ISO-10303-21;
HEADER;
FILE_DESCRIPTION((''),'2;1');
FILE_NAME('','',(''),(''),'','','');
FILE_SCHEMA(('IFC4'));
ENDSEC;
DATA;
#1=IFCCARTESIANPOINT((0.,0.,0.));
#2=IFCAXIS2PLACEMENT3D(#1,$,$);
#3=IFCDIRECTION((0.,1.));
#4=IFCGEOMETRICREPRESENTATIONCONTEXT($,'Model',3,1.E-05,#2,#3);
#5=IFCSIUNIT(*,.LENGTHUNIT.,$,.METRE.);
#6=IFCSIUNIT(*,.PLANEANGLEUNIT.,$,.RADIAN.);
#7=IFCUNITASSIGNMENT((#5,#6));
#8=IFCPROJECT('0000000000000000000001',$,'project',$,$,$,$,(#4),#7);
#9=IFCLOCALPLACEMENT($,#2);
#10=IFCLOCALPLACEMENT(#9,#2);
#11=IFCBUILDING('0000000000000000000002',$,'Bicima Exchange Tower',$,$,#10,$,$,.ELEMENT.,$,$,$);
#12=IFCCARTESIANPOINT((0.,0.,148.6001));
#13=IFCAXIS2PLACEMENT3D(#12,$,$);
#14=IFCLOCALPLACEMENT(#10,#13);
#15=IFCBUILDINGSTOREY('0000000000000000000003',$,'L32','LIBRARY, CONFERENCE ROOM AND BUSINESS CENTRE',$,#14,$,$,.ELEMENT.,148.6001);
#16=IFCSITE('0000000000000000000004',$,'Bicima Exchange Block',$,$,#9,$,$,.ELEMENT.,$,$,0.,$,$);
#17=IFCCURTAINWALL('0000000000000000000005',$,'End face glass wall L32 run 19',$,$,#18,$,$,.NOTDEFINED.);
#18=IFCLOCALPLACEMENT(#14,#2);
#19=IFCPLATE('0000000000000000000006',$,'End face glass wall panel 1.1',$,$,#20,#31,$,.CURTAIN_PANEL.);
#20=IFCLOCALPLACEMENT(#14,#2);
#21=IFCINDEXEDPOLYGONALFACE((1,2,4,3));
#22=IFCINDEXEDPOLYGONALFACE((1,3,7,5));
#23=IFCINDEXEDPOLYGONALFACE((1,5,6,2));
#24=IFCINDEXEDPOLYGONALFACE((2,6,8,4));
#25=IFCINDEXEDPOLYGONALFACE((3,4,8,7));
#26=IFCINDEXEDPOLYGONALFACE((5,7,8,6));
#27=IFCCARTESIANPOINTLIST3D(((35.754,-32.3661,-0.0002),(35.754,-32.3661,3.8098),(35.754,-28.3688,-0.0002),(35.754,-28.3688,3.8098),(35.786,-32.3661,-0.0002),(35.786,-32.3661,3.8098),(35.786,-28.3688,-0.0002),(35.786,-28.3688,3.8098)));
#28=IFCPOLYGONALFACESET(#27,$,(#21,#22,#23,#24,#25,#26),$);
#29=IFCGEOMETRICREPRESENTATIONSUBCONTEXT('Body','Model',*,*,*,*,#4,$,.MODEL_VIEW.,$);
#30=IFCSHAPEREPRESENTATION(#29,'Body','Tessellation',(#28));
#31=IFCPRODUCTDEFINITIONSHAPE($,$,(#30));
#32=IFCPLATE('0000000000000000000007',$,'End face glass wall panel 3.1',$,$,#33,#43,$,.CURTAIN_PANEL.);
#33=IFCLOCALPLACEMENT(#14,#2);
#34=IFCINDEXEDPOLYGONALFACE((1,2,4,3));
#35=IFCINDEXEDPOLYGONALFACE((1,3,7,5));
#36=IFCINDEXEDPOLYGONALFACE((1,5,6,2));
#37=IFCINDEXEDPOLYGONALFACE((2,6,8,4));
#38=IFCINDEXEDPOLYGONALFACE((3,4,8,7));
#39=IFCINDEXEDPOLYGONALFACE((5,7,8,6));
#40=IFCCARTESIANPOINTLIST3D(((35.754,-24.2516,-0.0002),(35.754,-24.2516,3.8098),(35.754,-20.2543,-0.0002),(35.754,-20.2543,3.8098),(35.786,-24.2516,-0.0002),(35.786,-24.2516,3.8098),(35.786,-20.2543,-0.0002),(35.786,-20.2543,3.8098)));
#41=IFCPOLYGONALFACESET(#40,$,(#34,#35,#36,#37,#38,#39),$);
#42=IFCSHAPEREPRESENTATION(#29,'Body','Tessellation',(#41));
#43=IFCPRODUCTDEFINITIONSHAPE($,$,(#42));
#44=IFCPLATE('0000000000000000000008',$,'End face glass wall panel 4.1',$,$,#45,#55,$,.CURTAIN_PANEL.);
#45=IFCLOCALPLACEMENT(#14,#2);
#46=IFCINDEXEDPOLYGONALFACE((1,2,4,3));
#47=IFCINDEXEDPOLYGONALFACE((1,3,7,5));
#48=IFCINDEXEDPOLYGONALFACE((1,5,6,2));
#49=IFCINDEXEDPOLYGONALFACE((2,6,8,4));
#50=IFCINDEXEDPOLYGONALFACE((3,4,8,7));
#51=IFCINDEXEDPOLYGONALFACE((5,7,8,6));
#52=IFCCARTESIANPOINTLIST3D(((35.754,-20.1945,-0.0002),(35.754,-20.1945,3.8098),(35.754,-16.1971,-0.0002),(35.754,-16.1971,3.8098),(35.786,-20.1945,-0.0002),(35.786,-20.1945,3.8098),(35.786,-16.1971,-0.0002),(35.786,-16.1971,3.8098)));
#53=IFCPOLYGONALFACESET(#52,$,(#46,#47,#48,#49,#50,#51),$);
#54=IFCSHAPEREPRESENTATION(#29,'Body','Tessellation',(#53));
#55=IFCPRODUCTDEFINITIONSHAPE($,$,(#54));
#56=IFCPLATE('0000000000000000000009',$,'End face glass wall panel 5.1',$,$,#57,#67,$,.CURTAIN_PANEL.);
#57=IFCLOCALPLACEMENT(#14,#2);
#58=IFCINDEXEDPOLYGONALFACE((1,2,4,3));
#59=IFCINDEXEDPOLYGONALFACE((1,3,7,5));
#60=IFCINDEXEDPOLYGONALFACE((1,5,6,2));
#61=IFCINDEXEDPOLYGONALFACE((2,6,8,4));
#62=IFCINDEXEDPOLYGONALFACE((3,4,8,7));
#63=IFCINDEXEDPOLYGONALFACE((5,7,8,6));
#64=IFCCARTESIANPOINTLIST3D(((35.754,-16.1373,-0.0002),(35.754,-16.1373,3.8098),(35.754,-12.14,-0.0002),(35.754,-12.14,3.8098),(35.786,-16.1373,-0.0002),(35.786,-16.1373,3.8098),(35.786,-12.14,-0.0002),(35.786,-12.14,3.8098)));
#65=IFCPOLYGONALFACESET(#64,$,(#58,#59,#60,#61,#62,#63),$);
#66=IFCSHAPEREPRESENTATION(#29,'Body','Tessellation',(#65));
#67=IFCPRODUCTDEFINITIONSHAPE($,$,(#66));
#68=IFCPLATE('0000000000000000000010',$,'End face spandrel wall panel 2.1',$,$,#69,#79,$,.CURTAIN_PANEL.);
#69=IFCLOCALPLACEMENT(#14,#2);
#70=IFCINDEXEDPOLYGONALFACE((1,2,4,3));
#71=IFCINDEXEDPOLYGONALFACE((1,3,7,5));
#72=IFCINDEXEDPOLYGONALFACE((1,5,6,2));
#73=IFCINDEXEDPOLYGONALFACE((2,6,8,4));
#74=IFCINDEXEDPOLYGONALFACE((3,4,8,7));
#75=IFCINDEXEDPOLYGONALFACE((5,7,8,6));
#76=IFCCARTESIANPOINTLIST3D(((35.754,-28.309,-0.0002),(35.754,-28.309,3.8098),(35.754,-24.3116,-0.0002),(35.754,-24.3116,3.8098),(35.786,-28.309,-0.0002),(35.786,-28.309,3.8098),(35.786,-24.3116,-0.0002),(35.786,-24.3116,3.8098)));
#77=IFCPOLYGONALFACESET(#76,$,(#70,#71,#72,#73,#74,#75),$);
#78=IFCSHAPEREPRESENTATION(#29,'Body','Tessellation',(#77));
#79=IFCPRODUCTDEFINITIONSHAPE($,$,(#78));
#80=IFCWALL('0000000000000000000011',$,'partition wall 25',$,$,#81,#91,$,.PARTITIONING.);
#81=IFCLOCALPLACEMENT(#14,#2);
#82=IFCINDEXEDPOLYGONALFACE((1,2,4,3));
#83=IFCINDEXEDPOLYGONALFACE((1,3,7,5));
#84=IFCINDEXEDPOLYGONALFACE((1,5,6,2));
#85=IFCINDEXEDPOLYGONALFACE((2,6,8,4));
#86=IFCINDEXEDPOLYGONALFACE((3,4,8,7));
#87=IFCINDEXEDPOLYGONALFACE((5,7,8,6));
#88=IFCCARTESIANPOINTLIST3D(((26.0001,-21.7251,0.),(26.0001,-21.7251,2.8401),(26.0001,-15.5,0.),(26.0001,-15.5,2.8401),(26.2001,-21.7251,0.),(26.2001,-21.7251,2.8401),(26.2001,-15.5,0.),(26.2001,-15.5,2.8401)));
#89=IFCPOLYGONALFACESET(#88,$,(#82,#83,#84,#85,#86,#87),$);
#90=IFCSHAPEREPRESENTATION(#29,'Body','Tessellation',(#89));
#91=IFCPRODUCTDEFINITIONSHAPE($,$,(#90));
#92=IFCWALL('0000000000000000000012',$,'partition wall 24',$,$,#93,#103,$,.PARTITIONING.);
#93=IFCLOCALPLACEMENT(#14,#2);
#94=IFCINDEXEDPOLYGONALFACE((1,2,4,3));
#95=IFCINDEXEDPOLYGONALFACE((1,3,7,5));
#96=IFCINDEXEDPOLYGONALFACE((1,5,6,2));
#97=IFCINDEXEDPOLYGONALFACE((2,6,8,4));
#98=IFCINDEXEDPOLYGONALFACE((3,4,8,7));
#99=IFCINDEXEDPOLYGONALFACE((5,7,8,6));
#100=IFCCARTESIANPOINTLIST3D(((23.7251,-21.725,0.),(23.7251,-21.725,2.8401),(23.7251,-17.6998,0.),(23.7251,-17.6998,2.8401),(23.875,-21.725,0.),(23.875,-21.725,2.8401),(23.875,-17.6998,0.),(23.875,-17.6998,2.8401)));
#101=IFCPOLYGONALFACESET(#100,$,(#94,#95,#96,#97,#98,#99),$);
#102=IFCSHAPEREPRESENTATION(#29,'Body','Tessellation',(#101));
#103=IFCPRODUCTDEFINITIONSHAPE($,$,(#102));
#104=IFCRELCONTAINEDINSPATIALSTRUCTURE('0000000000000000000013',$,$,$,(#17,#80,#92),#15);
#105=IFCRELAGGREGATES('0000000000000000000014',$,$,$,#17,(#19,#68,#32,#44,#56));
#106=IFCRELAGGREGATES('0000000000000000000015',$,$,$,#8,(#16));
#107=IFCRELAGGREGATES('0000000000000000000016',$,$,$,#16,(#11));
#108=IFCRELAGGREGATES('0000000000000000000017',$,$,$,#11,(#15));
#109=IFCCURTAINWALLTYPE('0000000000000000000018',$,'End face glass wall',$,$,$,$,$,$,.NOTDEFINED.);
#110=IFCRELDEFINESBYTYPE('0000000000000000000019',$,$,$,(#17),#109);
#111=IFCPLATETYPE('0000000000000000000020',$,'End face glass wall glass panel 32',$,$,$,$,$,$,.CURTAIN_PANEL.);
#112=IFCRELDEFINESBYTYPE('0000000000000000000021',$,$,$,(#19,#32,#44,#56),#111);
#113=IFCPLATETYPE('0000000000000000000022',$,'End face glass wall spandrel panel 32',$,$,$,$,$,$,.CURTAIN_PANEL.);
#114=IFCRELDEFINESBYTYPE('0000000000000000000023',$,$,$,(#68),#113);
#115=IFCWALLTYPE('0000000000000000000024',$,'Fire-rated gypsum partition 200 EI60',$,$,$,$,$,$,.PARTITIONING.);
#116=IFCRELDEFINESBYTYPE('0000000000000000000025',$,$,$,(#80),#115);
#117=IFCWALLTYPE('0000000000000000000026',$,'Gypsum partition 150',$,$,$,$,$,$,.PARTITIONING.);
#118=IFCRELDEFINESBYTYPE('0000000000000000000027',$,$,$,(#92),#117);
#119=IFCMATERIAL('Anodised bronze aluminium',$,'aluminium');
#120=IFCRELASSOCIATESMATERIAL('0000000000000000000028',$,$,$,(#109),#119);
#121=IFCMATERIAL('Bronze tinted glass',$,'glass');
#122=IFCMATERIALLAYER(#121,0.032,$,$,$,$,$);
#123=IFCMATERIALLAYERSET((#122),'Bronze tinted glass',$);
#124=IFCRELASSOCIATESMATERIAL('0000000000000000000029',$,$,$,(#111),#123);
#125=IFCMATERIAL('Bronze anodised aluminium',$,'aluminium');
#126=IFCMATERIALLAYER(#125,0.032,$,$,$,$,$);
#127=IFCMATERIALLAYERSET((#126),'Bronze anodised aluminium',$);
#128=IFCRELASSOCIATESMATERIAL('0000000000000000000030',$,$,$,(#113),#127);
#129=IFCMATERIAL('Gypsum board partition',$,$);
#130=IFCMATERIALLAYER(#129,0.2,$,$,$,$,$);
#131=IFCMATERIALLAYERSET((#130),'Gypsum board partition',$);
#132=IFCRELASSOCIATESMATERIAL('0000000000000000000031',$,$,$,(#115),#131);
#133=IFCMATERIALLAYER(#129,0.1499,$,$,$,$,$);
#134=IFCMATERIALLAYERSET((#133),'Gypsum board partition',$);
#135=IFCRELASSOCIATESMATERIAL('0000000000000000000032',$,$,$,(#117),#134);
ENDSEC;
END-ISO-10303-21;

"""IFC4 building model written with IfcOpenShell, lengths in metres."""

from ifc_helpers import new_model, si_unit, direction, frame, frame_2d, origin, origin_2d, place, context, subcontext, project, spatial, rectangle, extrude, material, layer, layer_set, type_object, element, aggregate, save


model = new_model("IFC4")

# Units and contexts
model_context = context("Model", 3, precision=1e-05, world=origin(), true_north=direction((0.0, 1.0)))
body_context = subcontext(model_context, "Body", "Model", "MODEL_VIEW")
ifc_project = project(units=[si_unit("LENGTHUNIT", "METRE"), si_unit("PLANEANGLEUNIT", "RADIAN")], contexts=[model_context])

# Site, building, storey
site_placement = place(None, origin())
site = spatial("IfcSite", under=ifc_project, at=site_placement, Name="Bicima Exchange Block", CompositionType="ELEMENT", RefElevation=0.0)
building_placement = place(site_placement, origin())
building = spatial("IfcBuilding", under=site, at=building_placement, Name="Bicima Exchange Tower", CompositionType="ELEMENT")
storey_placement = place(building_placement, frame((0.0, 0.0, 148.6001)))
storey = spatial("IfcBuildingStorey", under=building, at=storey_placement, Name="L32", Description="LIBRARY, CONFERENCE ROOM AND BUSINESS CENTRE", CompositionType="ELEMENT", Elevation=148.6001)

# Curtain wall
ifc_material_1 = material(Name="Anodised bronze aluminium", Category="aluminium")
curtain_wall_type_1 = type_object("IfcCurtainWallType", Name="End face glass wall", PredefinedType="NOTDEFINED", material=ifc_material_1)
curtain_wall_1_placement = place(storey_placement, origin())
curtain_wall_1 = element("IfcCurtainWall", 1, at=curtain_wall_1_placement, inside=storey, type_object=curtain_wall_type_1, Name="End face glass wall L32 run 19", PredefinedType="NOTDEFINED")

# Plates
ifc_material_2 = material(Name="Bronze tinted glass", Category="glass")
ifc_layer_1 = layer(ifc_material_2, 0.032)
ifc_layer_set_1 = layer_set([ifc_layer_1], Name="Bronze tinted glass")
plate_type_1 = type_object("IfcPlateType", Name="End face glass wall glass panel 32", PredefinedType="CURTAIN_PANEL", material=ifc_layer_set_1)
plate_1_placement = place(storey_placement, frame((35.77, -30.3674, -0.0002), z_axis=(0.0, 0.0, 1.0), x_axis=(0.0, 1.0, 0.0)))
plate_1 = element("IfcPlate", 2, at=plate_1_placement, type_object=plate_type_1, Name="End face glass wall panel 1.1", PredefinedType="CURTAIN_PANEL", context=body_context, shape_type="SweptSolid", body=[
    extrude(rectangle(XDim=3.9973, YDim=0.032, at=origin_2d()), origin(), (0.0, 0.0, 1.0), 3.8101),
])
plate_2_placement = place(storey_placement, frame((35.77, -22.2529, -0.0002), z_axis=(0.0, 0.0, 1.0), x_axis=(0.0, 1.0, 0.0)))
plate_2 = element("IfcPlate", 3, at=plate_2_placement, type_object=plate_type_1, Name="End face glass wall panel 3.1", PredefinedType="CURTAIN_PANEL", context=body_context, shape_type="SweptSolid", body=[
    extrude(rectangle(XDim=3.9973, YDim=0.032, at=origin_2d()), origin(), (0.0, 0.0, 1.0), 3.8101),
])
plate_3_placement = place(storey_placement, frame((35.77, -18.1958, -0.0002), z_axis=(0.0, 0.0, 1.0), x_axis=(0.0, 1.0, 0.0)))
plate_3 = element("IfcPlate", 4, at=plate_3_placement, type_object=plate_type_1, Name="End face glass wall panel 4.1", PredefinedType="CURTAIN_PANEL", context=body_context, shape_type="SweptSolid", body=[
    extrude(rectangle(XDim=3.9973, YDim=0.032, at=origin_2d()), origin(), (0.0, 0.0, 1.0), 3.8101),
])
plate_4_placement = place(storey_placement, frame((35.77, -14.1387, -0.0002), z_axis=(0.0, 0.0, 1.0), x_axis=(0.0, 1.0, 0.0)))
plate_4 = element("IfcPlate", 5, at=plate_4_placement, type_object=plate_type_1, Name="End face glass wall panel 5.1", PredefinedType="CURTAIN_PANEL", context=body_context, shape_type="SweptSolid", body=[
    extrude(rectangle(XDim=3.9973, YDim=0.032, at=origin_2d()), origin(), (0.0, 0.0, 1.0), 3.8101),
])
ifc_material_3 = material(Name="Bronze anodised aluminium", Category="aluminium")
ifc_layer_2 = layer(ifc_material_3, 0.032)
ifc_layer_set_2 = layer_set([ifc_layer_2], Name="Bronze anodised aluminium")
plate_type_2 = type_object("IfcPlateType", Name="End face glass wall spandrel panel 32", PredefinedType="CURTAIN_PANEL", material=ifc_layer_set_2)
plate_5_placement = place(storey_placement, frame((35.77, -26.3103, -0.0002), z_axis=(0.0, 0.0, 1.0), x_axis=(0.0, 1.0, 0.0)))
plate_5 = element("IfcPlate", 6, at=plate_5_placement, type_object=plate_type_2, Name="End face spandrel wall panel 2.1", PredefinedType="CURTAIN_PANEL", context=body_context, shape_type="SweptSolid", body=[
    extrude(rectangle(XDim=3.9973, YDim=0.032, at=origin_2d()), origin(), (0.0, 0.0, 1.0), 3.8101),
])
aggregate(curtain_wall_1, [plate_1, plate_5, plate_2, plate_3, plate_4])

# Walls
ifc_material_4 = material(Name="Gypsum board partition")
ifc_layer_3 = layer(ifc_material_4, 0.2)
ifc_layer_set_3 = layer_set([ifc_layer_3], Name="Gypsum board partition")
wall_type_1 = type_object("IfcWallType", Name="Fire-rated gypsum partition 200 EI60", PredefinedType="PARTITIONING", material=ifc_layer_set_3)
wall_1_placement = place(storey_placement, frame((26.1001, -21.7251, 0.0), z_axis=(0.0, 0.0, 1.0), x_axis=(0.0, 1.0, 0.0)))
element("IfcWall", 7, at=wall_1_placement, inside=storey, type_object=wall_type_1, Name="partition wall 25", PredefinedType="PARTITIONING", context=body_context, shape_type="SweptSolid", body=[
    extrude(rectangle(XDim=6.2251, YDim=0.2, at=frame_2d((3.1125, 0.0))), origin(), (0.0, 0.0, 1.0), 2.8401),
])
ifc_layer_4 = layer(ifc_material_4, 0.1499)
ifc_layer_set_4 = layer_set([ifc_layer_4], Name="Gypsum board partition")
wall_type_2 = type_object("IfcWallType", Name="Gypsum partition 150", PredefinedType="PARTITIONING", material=ifc_layer_set_4)
wall_2_placement = place(storey_placement, frame((23.8, -21.7251, 0.0), z_axis=(0.0, 0.0, 1.0), x_axis=(0.0, 1.0, 0.0)))
element("IfcWall", 8, at=wall_2_placement, inside=storey, type_object=wall_type_2, Name="partition wall 24", PredefinedType="PARTITIONING", context=body_context, shape_type="SweptSolid", body=[
    extrude(rectangle(XDim=4.0251, YDim=0.1499, at=frame_2d((2.0127, 0.0))), origin(), (0.0, 0.0, 1.0), 2.8401),
])

save(model, "model.ifc")
